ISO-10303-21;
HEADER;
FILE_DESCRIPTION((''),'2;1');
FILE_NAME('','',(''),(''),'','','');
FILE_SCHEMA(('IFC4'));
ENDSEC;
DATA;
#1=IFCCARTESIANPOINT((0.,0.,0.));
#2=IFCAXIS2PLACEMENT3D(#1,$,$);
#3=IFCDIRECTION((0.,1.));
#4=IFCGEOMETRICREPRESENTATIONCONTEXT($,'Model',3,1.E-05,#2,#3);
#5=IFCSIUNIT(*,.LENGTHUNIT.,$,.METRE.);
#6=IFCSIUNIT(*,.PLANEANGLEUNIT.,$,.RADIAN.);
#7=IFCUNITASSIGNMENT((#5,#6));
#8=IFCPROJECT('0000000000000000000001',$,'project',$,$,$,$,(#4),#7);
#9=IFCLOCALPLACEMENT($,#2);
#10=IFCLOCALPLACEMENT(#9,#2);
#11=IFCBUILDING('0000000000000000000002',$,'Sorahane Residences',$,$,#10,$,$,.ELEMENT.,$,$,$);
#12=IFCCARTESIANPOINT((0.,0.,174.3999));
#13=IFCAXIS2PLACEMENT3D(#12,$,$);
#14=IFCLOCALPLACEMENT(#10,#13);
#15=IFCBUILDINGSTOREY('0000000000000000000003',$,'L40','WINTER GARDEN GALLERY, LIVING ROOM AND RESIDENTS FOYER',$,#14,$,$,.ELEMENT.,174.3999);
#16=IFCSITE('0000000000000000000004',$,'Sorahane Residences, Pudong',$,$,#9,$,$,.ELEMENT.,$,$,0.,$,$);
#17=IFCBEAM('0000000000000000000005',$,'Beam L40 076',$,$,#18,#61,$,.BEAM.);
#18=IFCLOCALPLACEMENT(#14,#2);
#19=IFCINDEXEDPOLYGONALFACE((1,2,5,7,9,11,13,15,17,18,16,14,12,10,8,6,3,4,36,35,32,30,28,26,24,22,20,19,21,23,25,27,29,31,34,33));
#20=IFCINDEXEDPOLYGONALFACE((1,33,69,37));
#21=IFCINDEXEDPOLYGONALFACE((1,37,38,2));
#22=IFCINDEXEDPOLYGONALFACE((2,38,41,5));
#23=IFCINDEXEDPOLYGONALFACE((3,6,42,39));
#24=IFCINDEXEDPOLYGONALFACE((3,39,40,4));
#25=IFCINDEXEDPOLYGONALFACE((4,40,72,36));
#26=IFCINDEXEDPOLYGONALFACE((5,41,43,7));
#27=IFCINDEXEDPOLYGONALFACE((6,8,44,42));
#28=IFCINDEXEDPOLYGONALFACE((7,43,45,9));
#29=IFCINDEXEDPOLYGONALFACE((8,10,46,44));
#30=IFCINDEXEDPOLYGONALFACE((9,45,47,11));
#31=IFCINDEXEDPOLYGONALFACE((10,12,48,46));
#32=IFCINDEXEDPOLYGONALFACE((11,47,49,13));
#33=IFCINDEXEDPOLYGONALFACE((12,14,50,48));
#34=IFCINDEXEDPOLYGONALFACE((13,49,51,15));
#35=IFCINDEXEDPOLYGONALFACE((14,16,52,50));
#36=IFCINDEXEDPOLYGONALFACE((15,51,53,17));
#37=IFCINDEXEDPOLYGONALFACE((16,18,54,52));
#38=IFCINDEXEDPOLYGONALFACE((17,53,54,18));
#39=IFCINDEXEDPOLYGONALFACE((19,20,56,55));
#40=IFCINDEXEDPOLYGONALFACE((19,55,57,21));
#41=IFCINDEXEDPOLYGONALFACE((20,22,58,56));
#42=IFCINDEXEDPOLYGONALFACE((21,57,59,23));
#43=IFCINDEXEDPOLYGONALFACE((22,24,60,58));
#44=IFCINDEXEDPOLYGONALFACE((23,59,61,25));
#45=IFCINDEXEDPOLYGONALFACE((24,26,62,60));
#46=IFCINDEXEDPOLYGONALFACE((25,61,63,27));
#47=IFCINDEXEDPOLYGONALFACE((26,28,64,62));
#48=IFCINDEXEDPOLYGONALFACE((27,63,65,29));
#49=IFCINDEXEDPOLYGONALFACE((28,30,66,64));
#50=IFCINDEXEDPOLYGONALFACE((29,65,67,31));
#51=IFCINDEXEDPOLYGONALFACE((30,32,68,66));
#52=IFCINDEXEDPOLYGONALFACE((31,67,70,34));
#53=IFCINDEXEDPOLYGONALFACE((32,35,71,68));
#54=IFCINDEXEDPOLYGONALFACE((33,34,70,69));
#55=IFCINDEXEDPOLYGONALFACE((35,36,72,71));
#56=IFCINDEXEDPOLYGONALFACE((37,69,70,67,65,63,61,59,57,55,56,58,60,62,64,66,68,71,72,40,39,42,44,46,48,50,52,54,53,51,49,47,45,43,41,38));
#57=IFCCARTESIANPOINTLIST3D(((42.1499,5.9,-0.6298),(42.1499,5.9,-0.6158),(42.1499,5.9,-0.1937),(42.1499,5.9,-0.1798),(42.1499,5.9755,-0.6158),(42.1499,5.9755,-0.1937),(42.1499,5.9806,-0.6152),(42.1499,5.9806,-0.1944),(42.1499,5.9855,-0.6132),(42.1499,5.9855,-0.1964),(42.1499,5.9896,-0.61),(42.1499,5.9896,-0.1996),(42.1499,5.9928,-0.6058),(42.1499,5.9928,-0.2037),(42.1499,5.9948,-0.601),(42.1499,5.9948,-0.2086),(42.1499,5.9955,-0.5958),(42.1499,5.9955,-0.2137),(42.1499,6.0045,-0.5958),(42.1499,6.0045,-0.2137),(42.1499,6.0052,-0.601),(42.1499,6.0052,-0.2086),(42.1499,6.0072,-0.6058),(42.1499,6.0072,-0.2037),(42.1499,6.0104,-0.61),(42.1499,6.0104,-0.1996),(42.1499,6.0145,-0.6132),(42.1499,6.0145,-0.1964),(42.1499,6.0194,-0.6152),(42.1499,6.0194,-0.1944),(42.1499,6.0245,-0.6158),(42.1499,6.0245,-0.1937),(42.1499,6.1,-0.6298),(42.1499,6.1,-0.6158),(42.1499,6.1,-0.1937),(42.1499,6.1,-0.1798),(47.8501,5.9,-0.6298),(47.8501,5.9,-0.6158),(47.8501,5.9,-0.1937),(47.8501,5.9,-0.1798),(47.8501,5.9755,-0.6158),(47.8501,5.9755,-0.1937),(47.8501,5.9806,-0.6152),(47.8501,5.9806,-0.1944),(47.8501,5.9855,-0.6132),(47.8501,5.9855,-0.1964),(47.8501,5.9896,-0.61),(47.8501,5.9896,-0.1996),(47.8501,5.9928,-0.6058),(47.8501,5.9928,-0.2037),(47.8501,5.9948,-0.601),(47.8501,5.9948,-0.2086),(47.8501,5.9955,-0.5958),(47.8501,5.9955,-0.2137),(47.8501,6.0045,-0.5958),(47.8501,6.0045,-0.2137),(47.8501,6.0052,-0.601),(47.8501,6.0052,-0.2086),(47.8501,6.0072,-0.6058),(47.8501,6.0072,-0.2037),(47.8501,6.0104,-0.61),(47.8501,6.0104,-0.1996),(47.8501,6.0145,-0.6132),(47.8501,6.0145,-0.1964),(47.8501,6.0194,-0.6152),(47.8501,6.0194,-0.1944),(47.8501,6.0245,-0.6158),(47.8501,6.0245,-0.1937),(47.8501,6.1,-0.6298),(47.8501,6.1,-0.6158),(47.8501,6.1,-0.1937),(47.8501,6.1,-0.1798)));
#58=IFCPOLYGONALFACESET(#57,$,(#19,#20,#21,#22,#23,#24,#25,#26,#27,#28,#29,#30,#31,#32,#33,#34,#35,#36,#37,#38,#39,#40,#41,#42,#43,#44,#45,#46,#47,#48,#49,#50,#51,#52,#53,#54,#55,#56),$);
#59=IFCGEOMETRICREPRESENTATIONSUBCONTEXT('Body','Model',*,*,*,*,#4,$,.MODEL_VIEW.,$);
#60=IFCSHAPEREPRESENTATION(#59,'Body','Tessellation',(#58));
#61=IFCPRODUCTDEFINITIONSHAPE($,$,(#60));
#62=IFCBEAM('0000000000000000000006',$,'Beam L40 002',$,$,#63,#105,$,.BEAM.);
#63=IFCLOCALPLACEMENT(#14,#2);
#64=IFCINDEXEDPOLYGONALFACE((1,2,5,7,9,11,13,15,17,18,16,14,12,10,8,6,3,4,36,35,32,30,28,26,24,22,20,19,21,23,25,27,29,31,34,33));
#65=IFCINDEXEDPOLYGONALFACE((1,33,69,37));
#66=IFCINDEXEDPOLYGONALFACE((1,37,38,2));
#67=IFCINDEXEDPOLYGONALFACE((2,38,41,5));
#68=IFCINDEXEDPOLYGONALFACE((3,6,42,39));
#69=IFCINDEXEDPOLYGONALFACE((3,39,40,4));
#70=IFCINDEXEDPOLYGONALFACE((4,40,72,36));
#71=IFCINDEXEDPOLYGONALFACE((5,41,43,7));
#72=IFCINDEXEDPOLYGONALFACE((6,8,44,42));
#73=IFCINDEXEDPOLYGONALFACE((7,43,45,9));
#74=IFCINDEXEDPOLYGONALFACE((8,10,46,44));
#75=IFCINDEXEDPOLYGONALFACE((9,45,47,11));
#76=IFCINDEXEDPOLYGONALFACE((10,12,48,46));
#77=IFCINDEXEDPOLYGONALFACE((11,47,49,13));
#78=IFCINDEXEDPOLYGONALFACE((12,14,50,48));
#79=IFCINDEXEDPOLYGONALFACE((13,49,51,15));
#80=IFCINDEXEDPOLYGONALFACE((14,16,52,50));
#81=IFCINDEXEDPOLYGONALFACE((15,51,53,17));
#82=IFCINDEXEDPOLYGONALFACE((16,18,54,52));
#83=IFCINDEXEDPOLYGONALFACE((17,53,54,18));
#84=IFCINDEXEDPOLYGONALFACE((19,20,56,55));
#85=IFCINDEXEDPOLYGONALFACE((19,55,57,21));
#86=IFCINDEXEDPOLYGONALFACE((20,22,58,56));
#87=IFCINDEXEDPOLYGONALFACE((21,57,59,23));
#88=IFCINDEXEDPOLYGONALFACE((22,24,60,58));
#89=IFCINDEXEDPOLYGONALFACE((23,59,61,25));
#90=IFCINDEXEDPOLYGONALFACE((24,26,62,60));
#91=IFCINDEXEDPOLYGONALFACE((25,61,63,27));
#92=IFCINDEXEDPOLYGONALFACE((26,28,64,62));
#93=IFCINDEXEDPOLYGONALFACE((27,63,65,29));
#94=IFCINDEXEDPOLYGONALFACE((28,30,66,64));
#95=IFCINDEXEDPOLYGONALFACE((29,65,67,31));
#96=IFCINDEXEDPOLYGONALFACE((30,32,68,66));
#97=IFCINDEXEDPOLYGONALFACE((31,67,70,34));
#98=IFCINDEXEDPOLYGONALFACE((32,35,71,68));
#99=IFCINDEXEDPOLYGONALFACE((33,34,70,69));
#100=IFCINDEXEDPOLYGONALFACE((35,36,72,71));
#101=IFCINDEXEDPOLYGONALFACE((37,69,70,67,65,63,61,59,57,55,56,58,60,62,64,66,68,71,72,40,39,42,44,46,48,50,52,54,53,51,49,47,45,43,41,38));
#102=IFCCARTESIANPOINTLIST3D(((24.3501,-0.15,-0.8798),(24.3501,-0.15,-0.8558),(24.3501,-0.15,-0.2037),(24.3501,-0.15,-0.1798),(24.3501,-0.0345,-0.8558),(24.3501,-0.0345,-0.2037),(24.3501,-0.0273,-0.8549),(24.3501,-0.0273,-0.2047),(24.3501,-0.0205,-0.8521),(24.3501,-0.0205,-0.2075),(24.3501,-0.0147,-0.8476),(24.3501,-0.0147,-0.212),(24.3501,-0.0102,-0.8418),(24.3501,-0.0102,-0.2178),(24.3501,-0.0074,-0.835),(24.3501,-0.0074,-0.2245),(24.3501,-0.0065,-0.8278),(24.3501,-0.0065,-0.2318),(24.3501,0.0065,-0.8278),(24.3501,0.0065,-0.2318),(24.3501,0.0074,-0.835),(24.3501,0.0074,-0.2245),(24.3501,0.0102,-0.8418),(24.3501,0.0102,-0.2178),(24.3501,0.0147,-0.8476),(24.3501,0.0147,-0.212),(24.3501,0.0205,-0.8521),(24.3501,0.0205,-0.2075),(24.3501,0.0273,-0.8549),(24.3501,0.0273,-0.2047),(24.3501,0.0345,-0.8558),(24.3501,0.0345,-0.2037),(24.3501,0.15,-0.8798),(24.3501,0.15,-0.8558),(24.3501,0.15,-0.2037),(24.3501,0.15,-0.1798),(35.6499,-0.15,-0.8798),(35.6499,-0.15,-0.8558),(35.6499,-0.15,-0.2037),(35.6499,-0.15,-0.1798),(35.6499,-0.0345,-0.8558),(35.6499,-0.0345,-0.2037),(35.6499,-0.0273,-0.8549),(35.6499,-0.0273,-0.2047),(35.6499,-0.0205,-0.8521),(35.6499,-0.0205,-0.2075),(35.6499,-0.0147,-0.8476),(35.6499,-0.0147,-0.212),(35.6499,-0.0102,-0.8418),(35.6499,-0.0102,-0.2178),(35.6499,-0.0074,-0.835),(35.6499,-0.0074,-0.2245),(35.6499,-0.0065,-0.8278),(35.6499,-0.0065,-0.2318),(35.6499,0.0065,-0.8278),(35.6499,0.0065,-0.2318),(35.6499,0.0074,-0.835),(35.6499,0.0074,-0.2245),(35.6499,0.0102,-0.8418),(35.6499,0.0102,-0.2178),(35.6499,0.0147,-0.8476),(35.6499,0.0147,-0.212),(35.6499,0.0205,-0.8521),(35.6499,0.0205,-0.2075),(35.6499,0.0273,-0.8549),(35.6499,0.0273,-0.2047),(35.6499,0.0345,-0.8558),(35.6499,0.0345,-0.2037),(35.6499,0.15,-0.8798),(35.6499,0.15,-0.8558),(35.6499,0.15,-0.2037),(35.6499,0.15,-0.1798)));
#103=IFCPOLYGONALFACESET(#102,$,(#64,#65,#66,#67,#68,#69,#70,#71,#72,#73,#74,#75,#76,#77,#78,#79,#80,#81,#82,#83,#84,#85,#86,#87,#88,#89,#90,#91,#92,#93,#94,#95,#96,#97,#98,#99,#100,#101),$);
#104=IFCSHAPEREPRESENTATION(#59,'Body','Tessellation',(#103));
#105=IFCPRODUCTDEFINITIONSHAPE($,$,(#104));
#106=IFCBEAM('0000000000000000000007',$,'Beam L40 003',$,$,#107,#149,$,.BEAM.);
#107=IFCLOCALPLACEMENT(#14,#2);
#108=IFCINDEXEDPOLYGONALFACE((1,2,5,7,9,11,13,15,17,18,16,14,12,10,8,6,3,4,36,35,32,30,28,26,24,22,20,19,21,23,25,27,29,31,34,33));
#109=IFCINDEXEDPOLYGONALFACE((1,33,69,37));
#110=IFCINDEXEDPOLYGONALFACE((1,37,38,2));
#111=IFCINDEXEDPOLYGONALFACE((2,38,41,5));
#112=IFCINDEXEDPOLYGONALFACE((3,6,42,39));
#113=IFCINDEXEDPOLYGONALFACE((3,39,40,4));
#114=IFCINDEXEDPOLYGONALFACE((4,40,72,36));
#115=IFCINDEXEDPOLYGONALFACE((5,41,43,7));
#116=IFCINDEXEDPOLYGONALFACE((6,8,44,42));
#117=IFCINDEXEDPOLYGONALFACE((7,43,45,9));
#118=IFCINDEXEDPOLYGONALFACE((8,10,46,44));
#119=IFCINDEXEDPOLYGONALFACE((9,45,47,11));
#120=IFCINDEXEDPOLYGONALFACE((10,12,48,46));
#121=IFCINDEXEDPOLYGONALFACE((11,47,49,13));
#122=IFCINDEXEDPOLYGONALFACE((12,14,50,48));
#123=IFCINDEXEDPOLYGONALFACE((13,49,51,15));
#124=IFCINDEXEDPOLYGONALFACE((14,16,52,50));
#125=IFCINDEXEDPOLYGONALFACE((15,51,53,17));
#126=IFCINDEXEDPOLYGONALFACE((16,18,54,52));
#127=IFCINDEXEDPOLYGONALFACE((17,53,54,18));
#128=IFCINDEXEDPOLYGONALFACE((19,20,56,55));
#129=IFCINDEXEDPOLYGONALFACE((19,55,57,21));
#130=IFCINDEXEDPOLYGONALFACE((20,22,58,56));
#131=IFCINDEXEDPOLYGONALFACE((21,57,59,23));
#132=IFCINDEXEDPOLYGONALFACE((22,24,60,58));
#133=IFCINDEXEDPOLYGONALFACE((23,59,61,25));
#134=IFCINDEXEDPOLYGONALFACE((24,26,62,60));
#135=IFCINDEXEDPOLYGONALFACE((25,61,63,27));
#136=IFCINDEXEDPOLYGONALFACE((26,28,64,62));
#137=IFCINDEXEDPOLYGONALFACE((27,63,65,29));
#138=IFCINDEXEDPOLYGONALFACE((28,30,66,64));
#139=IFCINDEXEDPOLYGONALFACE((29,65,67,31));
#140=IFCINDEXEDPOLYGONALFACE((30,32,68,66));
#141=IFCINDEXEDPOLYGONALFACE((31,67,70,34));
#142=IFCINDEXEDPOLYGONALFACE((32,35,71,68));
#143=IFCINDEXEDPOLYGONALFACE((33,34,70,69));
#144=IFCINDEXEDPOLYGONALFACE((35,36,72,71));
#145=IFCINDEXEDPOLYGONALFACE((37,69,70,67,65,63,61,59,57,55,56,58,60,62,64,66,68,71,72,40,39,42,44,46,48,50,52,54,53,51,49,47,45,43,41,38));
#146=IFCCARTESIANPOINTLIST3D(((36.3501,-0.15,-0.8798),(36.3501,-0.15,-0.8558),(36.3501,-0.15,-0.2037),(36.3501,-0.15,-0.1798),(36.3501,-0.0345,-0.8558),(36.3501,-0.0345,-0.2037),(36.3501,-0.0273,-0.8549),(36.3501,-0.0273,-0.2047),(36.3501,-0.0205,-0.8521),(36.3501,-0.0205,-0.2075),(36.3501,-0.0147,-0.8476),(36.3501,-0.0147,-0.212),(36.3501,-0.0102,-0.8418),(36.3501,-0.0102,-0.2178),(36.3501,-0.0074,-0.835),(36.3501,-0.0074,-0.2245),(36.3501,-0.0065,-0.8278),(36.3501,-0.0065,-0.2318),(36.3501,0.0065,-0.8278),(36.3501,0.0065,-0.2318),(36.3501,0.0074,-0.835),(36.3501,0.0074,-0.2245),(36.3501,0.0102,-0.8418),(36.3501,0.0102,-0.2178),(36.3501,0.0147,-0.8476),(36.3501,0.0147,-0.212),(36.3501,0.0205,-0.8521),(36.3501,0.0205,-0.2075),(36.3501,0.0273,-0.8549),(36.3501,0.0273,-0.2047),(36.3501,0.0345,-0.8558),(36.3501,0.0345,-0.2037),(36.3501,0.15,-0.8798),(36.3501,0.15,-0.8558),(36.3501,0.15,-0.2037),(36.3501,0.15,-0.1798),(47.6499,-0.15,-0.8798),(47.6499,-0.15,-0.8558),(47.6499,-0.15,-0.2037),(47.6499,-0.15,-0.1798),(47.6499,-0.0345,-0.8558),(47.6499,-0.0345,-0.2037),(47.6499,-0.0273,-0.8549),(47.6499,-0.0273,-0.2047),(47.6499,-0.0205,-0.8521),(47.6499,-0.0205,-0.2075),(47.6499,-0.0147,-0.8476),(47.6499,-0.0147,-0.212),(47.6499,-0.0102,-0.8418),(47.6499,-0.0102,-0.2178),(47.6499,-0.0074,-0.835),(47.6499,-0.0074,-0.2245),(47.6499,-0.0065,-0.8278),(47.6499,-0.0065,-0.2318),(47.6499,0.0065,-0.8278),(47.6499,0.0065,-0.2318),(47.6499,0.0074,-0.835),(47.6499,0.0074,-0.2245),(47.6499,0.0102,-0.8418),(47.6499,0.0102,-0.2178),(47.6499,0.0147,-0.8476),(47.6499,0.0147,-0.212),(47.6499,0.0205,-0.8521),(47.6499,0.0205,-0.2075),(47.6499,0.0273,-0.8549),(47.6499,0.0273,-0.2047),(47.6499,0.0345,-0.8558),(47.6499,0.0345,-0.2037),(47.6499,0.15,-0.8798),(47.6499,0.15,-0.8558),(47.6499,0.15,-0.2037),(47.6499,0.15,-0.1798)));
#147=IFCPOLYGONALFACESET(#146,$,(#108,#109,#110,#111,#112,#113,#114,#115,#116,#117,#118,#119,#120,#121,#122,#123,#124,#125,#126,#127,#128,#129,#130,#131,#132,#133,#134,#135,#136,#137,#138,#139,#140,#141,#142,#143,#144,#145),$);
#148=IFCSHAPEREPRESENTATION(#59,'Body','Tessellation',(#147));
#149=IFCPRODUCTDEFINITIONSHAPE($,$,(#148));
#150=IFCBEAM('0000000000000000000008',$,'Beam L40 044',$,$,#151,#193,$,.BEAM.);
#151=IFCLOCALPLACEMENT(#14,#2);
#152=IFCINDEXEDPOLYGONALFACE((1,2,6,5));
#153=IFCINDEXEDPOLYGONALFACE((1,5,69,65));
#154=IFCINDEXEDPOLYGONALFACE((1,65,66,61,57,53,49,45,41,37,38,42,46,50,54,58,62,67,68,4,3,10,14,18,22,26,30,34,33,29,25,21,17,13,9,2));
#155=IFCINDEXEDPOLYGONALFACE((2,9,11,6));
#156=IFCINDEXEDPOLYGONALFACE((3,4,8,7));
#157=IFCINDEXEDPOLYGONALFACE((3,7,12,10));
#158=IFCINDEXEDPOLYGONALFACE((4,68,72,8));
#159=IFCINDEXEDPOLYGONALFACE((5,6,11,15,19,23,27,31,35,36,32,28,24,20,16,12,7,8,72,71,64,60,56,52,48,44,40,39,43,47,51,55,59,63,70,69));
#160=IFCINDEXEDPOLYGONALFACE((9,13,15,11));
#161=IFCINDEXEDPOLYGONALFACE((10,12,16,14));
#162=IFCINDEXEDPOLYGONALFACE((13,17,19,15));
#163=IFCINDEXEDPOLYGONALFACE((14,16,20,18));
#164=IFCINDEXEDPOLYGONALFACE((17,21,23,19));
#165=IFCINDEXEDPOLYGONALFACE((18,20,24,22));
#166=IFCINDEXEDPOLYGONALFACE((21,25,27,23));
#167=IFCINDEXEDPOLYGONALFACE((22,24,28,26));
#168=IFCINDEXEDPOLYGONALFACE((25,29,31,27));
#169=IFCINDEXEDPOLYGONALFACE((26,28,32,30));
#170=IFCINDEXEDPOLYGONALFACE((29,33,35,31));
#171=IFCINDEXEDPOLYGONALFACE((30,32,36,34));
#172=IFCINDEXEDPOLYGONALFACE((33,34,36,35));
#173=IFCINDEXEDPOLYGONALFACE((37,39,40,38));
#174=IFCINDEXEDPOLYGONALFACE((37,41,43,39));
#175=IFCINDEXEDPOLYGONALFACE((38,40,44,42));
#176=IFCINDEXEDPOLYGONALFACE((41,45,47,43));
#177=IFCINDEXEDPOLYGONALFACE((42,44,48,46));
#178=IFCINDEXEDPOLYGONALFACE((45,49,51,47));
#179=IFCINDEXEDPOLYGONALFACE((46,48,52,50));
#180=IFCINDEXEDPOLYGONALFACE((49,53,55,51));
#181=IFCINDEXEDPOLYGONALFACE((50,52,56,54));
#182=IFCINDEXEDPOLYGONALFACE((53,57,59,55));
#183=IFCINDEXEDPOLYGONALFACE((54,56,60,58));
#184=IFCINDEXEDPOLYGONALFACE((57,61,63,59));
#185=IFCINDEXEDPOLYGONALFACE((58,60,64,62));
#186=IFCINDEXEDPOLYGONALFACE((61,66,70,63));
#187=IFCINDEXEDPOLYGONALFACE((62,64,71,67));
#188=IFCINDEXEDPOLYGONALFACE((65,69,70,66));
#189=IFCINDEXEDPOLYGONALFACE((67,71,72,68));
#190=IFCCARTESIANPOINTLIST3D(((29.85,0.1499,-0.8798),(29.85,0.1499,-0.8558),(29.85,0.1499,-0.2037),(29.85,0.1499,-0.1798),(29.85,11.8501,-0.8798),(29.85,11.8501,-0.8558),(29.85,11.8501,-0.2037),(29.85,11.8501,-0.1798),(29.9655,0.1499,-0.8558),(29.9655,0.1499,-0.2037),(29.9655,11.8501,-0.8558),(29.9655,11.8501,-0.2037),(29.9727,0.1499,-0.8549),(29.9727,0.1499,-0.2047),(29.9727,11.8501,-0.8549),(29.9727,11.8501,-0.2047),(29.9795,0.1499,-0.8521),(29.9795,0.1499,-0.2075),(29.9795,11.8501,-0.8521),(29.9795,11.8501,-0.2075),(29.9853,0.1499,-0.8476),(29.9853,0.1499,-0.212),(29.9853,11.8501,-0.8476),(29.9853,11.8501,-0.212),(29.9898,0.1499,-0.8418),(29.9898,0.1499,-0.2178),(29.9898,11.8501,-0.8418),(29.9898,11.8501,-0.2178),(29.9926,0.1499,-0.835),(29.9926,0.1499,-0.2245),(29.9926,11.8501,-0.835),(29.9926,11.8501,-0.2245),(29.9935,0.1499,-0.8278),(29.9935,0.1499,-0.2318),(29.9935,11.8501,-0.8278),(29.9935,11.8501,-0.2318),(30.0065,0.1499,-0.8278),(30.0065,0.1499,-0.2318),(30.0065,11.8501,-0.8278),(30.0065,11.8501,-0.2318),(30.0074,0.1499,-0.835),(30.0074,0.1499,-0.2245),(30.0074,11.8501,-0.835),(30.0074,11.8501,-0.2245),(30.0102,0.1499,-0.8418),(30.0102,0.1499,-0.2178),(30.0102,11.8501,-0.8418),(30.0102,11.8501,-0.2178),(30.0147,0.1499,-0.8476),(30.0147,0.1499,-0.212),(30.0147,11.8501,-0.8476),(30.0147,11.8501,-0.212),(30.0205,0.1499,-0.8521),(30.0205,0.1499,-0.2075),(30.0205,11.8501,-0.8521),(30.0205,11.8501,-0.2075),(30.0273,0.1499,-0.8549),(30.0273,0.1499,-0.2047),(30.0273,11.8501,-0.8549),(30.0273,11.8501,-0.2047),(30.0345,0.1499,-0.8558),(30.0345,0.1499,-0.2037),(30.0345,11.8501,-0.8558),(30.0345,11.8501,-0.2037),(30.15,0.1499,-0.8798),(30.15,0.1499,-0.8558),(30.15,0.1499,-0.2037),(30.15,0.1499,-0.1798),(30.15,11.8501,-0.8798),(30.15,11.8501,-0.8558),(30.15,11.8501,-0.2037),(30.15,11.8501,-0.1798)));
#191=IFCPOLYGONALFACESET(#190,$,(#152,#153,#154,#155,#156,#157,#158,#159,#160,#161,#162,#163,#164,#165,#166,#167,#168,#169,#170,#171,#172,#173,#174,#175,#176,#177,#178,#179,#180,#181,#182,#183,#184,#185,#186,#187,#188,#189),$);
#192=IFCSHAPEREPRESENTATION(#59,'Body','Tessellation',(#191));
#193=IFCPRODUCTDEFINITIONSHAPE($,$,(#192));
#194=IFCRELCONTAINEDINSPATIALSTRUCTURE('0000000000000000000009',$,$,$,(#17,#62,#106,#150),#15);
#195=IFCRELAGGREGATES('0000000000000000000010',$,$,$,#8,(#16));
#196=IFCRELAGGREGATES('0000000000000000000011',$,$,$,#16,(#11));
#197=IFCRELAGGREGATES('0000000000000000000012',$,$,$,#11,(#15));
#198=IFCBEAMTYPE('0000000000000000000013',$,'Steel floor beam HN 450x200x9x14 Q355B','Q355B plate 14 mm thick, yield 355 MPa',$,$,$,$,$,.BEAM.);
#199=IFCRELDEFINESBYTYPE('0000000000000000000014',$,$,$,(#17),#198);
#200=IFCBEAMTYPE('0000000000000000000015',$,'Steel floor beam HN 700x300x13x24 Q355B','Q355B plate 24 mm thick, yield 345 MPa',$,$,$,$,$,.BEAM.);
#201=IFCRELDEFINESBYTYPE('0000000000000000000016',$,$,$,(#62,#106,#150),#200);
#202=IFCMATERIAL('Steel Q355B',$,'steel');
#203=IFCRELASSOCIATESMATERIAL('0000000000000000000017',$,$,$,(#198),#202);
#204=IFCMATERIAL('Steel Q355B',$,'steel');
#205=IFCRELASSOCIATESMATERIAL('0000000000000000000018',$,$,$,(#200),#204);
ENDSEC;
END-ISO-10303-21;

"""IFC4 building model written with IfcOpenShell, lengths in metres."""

from ifc_helpers import new_model, si_unit, direction, frame, origin, origin_2d, place, context, subcontext, project, spatial, i_section, extrude, material, material_profile, profile_set, type_object, element, save


model = new_model("IFC4")

# Units and contexts
model_context = context("Model", 3, precision=1e-05, world=origin(), true_north=direction((0.0, 1.0)))
body_context = subcontext(model_context, "Body", "Model", "MODEL_VIEW")
ifc_project = project(units=[si_unit("LENGTHUNIT", "METRE"), si_unit("PLANEANGLEUNIT", "RADIAN")], contexts=[model_context])

# Site, building, storey
site_placement = place(None, origin())
site = spatial("IfcSite", under=ifc_project, at=site_placement, Name="Sorahane Residences, Pudong", CompositionType="ELEMENT", RefElevation=0.0)
building_placement = place(site_placement, origin())
building = spatial("IfcBuilding", under=site, at=building_placement, Name="Sorahane Residences", CompositionType="ELEMENT")
storey_placement = place(building_placement, frame((0.0, 0.0, 174.3999)))
storey = spatial("IfcBuildingStorey", under=building, at=storey_placement, Name="L40", Description="WINTER GARDEN GALLERY, LIVING ROOM AND RESIDENTS FOYER", CompositionType="ELEMENT", Elevation=174.3999)

# Beams
ifc_material_1 = material(Name="Steel Q355B", Category="steel")
ifc_material_profile_1 = material_profile(ifc_material_1, i_section(OverallWidth=0.2, OverallDepth=0.45, WebThickness=0.009, FlangeThickness=0.0139, FilletRadius=0.02, at=origin_2d()), Name="HN 450x200x9x14")
ifc_profile_set_1 = profile_set([ifc_material_profile_1], Name="Steel Q355B")
beam_type_1 = type_object("IfcBeamType", Name="Steel floor beam HN 450x200x9x14 Q355B", Description="Q355B plate 14 mm thick, yield 355 MPa", PredefinedType="BEAM", material=ifc_profile_set_1)
for number, where, z_axis, x_axis, name in (
    (1, (42.1499, 6.0, -0.4048), (1.0, 0.0, 0.0), (0.0, 1.0, 0.0), "Beam L40 076"),
):
    element("IfcBeam", number, at=place(storey_placement, frame(where, z_axis=z_axis, x_axis=x_axis)), inside=storey, type_object=beam_type_1, Name=name, PredefinedType="BEAM", context=body_context, shape_type="SweptSolid", body=[
        extrude(i_section(OverallWidth=0.2, OverallDepth=0.45, WebThickness=0.009, FlangeThickness=0.0139, FilletRadius=0.02, at=origin_2d()), origin(), (0.0, 0.0, 1.0), 5.7002),
    ])
ifc_material_2 = material(Name="Steel Q355B", Category="steel")
ifc_material_profile_2 = material_profile(ifc_material_2, i_section(OverallWidth=0.3, OverallDepth=0.7, WebThickness=0.0129, FlangeThickness=0.0239, FilletRadius=0.0281, at=origin_2d()), Name="HN 700x300x13x24")
ifc_profile_set_2 = profile_set([ifc_material_profile_2], Name="Steel Q355B")
beam_type_2 = type_object("IfcBeamType", Name="Steel floor beam HN 700x300x13x24 Q355B", Description="Q355B plate 24 mm thick, yield 345 MPa", PredefinedType="BEAM", material=ifc_profile_set_2)
for number, where, z_axis, x_axis, name in (
    (2, (24.3501, 0.0, -0.5298), (1.0, 0.0, 0.0), (0.0, 1.0, 0.0), "Beam L40 002"),
    (3, (36.3501, 0.0, -0.5298), (1.0, 0.0, 0.0), (0.0, 1.0, 0.0), "Beam L40 003"),
):
    element("IfcBeam", number, at=place(storey_placement, frame(where, z_axis=z_axis, x_axis=x_axis)), inside=storey, type_object=beam_type_2, Name=name, PredefinedType="BEAM", context=body_context, shape_type="SweptSolid", body=[
        extrude(i_section(OverallWidth=0.3, OverallDepth=0.7, WebThickness=0.0129, FlangeThickness=0.0239, FilletRadius=0.0281, at=origin_2d()), origin(), (0.0, 0.0, 1.0), 11.2998),
    ])
beam_1_placement = place(storey_placement, frame((30.0, 0.1499, -0.5298), z_axis=(0.0, 1.0, 0.0), x_axis=(-1.0, 0.0, 0.0)))
element("IfcBeam", 4, at=beam_1_placement, inside=storey, type_object=beam_type_2, Name="Beam L40 044", PredefinedType="BEAM", context=body_context, shape_type="SweptSolid", body=[
    extrude(i_section(OverallWidth=0.3, OverallDepth=0.7, WebThickness=0.0129, FlangeThickness=0.0239, FilletRadius=0.0281, at=origin_2d()), origin(), (0.0, 0.0, 1.0), 11.7002),
])

save(model, "model.ifc")
